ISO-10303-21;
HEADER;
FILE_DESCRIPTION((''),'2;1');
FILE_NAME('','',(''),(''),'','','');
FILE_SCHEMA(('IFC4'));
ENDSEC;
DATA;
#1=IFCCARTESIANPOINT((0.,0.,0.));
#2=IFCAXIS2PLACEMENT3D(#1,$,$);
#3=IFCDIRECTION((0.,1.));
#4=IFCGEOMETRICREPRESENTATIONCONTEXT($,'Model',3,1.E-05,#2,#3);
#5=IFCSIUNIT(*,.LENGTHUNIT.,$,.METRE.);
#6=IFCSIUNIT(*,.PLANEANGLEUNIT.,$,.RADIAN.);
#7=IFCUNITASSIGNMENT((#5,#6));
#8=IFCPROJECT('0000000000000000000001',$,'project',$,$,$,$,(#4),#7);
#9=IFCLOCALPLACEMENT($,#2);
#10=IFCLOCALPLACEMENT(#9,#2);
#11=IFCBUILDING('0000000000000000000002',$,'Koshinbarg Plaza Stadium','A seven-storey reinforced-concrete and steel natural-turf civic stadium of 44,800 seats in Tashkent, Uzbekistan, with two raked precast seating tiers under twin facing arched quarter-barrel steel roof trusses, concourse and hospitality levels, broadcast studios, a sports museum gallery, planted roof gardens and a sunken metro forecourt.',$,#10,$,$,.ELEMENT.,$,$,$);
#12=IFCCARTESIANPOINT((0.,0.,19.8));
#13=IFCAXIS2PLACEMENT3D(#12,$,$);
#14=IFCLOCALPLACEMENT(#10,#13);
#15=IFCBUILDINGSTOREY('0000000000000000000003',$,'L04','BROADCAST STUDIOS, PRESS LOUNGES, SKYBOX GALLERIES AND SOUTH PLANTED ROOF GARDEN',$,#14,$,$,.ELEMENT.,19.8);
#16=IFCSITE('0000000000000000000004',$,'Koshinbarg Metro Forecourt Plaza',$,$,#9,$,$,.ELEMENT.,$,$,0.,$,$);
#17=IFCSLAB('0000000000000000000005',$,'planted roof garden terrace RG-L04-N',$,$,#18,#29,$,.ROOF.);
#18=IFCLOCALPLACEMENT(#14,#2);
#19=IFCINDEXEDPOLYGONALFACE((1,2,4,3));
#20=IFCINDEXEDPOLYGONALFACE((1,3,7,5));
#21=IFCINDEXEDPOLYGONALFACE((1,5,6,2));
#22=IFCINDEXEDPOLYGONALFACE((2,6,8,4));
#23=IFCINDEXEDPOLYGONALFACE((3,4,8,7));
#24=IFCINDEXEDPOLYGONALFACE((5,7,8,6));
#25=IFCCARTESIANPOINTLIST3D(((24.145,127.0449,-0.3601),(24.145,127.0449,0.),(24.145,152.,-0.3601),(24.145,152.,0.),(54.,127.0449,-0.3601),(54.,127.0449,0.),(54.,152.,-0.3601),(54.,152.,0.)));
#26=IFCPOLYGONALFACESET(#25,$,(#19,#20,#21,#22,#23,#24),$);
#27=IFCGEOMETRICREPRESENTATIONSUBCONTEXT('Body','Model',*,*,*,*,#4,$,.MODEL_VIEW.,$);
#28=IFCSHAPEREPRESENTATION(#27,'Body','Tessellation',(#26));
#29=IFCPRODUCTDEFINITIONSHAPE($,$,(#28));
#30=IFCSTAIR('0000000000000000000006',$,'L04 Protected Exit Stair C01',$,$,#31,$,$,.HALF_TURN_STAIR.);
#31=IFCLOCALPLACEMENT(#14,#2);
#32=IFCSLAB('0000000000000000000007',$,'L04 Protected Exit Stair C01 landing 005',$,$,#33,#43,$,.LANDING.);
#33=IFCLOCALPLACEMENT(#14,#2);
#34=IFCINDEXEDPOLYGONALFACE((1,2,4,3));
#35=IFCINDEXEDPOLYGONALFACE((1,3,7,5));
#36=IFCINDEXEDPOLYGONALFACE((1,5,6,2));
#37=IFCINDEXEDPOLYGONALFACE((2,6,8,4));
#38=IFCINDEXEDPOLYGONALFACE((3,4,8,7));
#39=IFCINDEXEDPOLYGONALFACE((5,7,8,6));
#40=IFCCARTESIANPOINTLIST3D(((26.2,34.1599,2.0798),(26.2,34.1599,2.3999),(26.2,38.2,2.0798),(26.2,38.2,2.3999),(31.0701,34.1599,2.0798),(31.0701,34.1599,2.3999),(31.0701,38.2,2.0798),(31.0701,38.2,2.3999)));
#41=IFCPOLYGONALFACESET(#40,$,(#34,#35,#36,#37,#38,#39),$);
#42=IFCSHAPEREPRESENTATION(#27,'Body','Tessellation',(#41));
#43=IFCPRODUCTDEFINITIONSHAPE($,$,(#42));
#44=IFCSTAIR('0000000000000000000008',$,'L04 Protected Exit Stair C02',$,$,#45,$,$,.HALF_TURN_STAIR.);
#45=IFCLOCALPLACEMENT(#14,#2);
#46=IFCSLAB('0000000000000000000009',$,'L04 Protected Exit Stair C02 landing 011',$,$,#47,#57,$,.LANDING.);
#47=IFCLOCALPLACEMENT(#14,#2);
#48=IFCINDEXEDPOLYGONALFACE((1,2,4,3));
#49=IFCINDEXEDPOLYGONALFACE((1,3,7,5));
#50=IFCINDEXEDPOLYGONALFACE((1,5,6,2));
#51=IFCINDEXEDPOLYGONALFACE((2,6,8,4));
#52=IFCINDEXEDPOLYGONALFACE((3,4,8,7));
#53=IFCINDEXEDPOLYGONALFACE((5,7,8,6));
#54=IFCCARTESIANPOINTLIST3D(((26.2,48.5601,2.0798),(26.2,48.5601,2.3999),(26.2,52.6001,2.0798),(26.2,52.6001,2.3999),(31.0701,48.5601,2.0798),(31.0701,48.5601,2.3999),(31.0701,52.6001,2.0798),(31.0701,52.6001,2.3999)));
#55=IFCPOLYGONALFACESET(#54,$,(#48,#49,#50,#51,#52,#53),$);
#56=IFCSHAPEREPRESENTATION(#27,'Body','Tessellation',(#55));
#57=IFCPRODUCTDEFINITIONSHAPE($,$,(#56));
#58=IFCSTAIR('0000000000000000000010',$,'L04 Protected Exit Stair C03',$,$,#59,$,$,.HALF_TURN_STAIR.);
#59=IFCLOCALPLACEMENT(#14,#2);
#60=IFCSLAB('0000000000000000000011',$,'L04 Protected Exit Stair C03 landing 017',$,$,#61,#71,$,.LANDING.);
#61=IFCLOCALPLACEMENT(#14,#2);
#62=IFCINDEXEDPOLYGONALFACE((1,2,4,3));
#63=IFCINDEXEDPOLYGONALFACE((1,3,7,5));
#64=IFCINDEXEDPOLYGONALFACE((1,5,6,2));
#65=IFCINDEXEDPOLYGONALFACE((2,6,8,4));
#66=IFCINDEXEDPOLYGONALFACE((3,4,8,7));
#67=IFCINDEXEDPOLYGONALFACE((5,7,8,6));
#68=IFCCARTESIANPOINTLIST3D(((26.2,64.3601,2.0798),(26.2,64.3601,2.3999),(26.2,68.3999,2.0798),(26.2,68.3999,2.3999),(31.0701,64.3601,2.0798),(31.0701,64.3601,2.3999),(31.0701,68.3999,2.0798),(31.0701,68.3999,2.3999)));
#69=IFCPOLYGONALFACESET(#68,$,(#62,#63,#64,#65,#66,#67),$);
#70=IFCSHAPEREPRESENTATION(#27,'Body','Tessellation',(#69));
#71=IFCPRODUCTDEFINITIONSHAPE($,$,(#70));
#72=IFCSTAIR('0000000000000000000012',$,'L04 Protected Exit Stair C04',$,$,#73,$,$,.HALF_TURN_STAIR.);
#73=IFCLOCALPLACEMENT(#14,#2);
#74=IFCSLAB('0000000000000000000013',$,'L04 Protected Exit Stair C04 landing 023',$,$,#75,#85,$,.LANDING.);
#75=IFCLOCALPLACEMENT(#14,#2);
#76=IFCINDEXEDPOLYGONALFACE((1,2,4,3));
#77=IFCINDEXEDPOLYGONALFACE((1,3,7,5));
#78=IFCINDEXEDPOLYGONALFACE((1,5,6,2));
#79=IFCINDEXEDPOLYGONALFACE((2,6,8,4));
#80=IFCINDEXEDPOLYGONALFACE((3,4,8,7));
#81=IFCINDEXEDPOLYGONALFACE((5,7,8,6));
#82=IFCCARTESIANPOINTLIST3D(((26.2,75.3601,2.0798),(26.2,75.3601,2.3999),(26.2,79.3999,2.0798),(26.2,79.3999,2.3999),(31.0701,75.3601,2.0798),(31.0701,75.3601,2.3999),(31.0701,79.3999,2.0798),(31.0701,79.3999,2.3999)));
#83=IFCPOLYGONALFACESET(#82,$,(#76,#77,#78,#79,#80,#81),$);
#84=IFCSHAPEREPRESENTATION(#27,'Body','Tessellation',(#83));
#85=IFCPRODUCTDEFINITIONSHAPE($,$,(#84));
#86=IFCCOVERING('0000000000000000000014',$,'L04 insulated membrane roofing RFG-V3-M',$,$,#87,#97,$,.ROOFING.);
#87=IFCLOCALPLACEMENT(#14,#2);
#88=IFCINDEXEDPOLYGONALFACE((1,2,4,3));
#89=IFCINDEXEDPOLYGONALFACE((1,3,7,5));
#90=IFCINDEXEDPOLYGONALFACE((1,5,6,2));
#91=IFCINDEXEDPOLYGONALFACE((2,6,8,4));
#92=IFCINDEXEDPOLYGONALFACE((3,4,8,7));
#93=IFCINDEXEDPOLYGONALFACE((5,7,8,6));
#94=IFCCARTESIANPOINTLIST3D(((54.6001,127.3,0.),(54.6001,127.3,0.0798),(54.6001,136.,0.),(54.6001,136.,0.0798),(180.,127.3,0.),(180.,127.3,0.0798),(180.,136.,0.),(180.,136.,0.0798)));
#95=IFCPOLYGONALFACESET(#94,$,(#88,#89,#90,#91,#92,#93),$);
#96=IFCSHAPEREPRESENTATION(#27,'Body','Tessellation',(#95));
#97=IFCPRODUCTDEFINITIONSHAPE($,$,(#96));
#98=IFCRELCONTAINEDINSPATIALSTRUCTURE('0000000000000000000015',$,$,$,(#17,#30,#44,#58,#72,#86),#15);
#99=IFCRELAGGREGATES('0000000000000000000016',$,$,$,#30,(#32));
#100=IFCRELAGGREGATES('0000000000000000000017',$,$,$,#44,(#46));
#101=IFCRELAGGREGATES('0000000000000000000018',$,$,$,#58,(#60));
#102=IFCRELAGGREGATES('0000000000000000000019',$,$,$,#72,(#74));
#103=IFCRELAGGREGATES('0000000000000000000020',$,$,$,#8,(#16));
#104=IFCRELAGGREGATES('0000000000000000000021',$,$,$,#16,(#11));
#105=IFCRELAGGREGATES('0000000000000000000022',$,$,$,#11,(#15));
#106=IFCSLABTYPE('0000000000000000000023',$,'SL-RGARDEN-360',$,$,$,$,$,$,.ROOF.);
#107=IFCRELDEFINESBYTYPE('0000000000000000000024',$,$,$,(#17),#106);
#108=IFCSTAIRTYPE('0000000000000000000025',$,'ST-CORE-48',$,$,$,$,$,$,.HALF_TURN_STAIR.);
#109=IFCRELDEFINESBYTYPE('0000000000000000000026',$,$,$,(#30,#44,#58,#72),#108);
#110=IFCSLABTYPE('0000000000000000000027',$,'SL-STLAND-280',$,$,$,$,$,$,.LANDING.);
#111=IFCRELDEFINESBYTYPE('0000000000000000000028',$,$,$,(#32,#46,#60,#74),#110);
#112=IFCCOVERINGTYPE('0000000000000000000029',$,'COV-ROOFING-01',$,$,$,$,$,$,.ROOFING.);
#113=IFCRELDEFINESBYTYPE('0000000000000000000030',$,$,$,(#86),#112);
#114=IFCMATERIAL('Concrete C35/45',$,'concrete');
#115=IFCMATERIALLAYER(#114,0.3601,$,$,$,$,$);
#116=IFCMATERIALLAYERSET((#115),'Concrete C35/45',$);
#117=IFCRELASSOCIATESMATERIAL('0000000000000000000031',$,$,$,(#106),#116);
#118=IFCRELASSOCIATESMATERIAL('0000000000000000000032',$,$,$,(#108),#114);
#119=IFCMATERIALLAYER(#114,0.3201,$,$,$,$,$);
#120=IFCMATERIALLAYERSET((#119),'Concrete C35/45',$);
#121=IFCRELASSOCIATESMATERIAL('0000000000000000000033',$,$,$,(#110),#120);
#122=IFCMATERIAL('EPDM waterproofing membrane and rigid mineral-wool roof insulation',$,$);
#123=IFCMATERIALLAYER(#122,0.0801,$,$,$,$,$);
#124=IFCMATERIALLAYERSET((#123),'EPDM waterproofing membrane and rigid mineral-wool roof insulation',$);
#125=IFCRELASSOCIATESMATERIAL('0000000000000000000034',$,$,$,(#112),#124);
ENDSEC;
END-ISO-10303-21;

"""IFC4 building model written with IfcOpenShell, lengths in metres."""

from ifc_helpers import new_model, si_unit, direction, frame, origin, place, context, subcontext, project, spatial, polyline, outline, extrude, material, layer, layer_set, type_object, element, aggregate, save


model = new_model("IFC4")

# Units and contexts
model_context = context("Model", 3, precision=1e-05, world=origin(), true_north=direction((0.0, 1.0)))
body_context = subcontext(model_context, "Body", "Model", "MODEL_VIEW")
ifc_project = project(units=[si_unit("LENGTHUNIT", "METRE"), si_unit("PLANEANGLEUNIT", "RADIAN")], contexts=[model_context])

# Site, building, storey
site_placement = place(None, origin())
site = spatial("IfcSite", under=ifc_project, at=site_placement, Name="Koshinbarg Metro Forecourt Plaza", CompositionType="ELEMENT", RefElevation=0.0)
building_placement = place(site_placement, origin())
building = spatial("IfcBuilding", under=site, at=building_placement, Name="Koshinbarg Plaza Stadium", Description="A seven-storey reinforced-concrete and steel natural-turf civic stadium of 44,800 seats in Tashkent, Uzbekistan, with two raked precast seating tiers under twin facing arched quarter-barrel steel roof trusses, concourse and hospitality levels, broadcast studios, a sports museum gallery, planted roof gardens and a sunken metro forecourt.", CompositionType="ELEMENT")
storey_placement = place(building_placement, frame((0.0, 0.0, 19.8)))
storey = spatial("IfcBuildingStorey", under=building, at=storey_placement, Name="L04", Description="BROADCAST STUDIOS, PRESS LOUNGES, SKYBOX GALLERIES AND SOUTH PLANTED ROOF GARDEN", CompositionType="ELEMENT", Elevation=19.8)

# Shared definitions
ifc_material_1 = material(Name="Concrete C35/45", Category="concrete")

# Slab
ifc_layer_1 = layer(ifc_material_1, 0.3601)
ifc_layer_set_1 = layer_set([ifc_layer_1], Name="Concrete C35/45")
slab_type_1 = type_object("IfcSlabType", Name="SL-RGARDEN-360", PredefinedType="ROOF", material=ifc_layer_set_1)
slab_1_placement = place(storey_placement, frame((0.0, 0.0, -0.3601)))
element("IfcSlab", 1, at=slab_1_placement, inside=storey, type_object=slab_type_1, Name="planted roof garden terrace RG-L04-N", PredefinedType="ROOF", context=body_context, shape_type="SweptSolid", body=[
    extrude(outline(polyline([(24.145, 127.0449), (54.0, 127.0449), (54.0, 152.0), (24.145, 152.0), (24.145, 127.0449)])), origin(), (0.0, 0.0, 1.0), 0.3601),
])

# Stairs, slabs
stair_type = type_object("IfcStairType", Name="ST-CORE-48", PredefinedType="HALF_TURN_STAIR", material=ifc_material_1)
stair_1_placement = place(storey_placement, origin())
stair_1 = element("IfcStair", 2, at=stair_1_placement, inside=storey, type_object=stair_type, Name="L04 Protected Exit Stair C01", PredefinedType="HALF_TURN_STAIR")
ifc_layer_2 = layer(ifc_material_1, 0.3201)
ifc_layer_set_2 = layer_set([ifc_layer_2], Name="Concrete C35/45")
slab_type_2 = type_object("IfcSlabType", Name="SL-STLAND-280", PredefinedType="LANDING", material=ifc_layer_set_2)
slab_2_placement = place(storey_placement, frame((0.0, 0.0, 2.0798)))
slab_2 = element("IfcSlab", 3, at=slab_2_placement, type_object=slab_type_2, Name="L04 Protected Exit Stair C01 landing 005", PredefinedType="LANDING", context=body_context, shape_type="SweptSolid", body=[
    extrude(outline(polyline([(31.0701, 34.1599), (31.0701, 38.2), (26.2, 38.2), (26.2, 34.1599), (31.0701, 34.1599)])), origin(), (0.0, 0.0, 1.0), 0.3201),
])
aggregate(stair_1, [slab_2])
stair_2_placement = place(storey_placement, origin())
stair_2 = element("IfcStair", 4, at=stair_2_placement, inside=storey, type_object=stair_type, Name="L04 Protected Exit Stair C02", PredefinedType="HALF_TURN_STAIR")
slab_3_placement = place(storey_placement, frame((0.0, 0.0, 2.0798)))
slab_3 = element("IfcSlab", 5, at=slab_3_placement, type_object=slab_type_2, Name="L04 Protected Exit Stair C02 landing 011", PredefinedType="LANDING", context=body_context, shape_type="SweptSolid", body=[
    extrude(outline(polyline([(31.0701, 48.5601), (31.0701, 52.6001), (26.2, 52.6001), (26.2, 48.5601), (31.0701, 48.5601)])), origin(), (0.0, 0.0, 1.0), 0.3201),
])
aggregate(stair_2, [slab_3])
stair_3_placement = place(storey_placement, origin())
stair_3 = element("IfcStair", 6, at=stair_3_placement, inside=storey, type_object=stair_type, Name="L04 Protected Exit Stair C03", PredefinedType="HALF_TURN_STAIR")
slab_4_placement = place(storey_placement, frame((0.0, 0.0, 2.0798)))
slab_4 = element("IfcSlab", 7, at=slab_4_placement, type_object=slab_type_2, Name="L04 Protected Exit Stair C03 landing 017", PredefinedType="LANDING", context=body_context, shape_type="SweptSolid", body=[
    extrude(outline(polyline([(31.0701, 64.3601), (31.0701, 68.3999), (26.2, 68.3999), (26.2, 64.3601), (31.0701, 64.3601)])), origin(), (0.0, 0.0, 1.0), 0.3201),
])
aggregate(stair_3, [slab_4])
stair_4_placement = place(storey_placement, origin())
stair_4 = element("IfcStair", 8, at=stair_4_placement, inside=storey, type_object=stair_type, Name="L04 Protected Exit Stair C04", PredefinedType="HALF_TURN_STAIR")
slab_5_placement = place(storey_placement, frame((0.0, 0.0, 2.0798)))
slab_5 = element("IfcSlab", 9, at=slab_5_placement, type_object=slab_type_2, Name="L04 Protected Exit Stair C04 landing 023", PredefinedType="LANDING", context=body_context, shape_type="SweptSolid", body=[
    extrude(outline(polyline([(31.0701, 75.3601), (31.0701, 79.3999), (26.2, 79.3999), (26.2, 75.3601), (31.0701, 75.3601)])), origin(), (0.0, 0.0, 1.0), 0.3201),
])
aggregate(stair_4, [slab_5])

# Covering
ifc_material_2 = material(Name="EPDM waterproofing membrane and rigid mineral-wool roof insulation")
ifc_layer_3 = layer(ifc_material_2, 0.0801)
ifc_layer_set_3 = layer_set([ifc_layer_3], Name="EPDM waterproofing membrane and rigid mineral-wool roof insulation")
covering_type = type_object("IfcCoveringType", Name="COV-ROOFING-01", PredefinedType="ROOFING", material=ifc_layer_set_3)
covering_placement = place(storey_placement, origin())
element("IfcCovering", 10, at=covering_placement, inside=storey, type_object=covering_type, Name="L04 insulated membrane roofing RFG-V3-M", PredefinedType="ROOFING", context=body_context, shape_type="SweptSolid", body=[
    extrude(outline(polyline([(54.6001, 127.3), (180.0, 127.3), (180.0, 136.0), (54.6001, 136.0), (54.6001, 127.3)])), origin(), (0.0, 0.0, 1.0), 0.0798),
])

save(model, "model.ifc")
